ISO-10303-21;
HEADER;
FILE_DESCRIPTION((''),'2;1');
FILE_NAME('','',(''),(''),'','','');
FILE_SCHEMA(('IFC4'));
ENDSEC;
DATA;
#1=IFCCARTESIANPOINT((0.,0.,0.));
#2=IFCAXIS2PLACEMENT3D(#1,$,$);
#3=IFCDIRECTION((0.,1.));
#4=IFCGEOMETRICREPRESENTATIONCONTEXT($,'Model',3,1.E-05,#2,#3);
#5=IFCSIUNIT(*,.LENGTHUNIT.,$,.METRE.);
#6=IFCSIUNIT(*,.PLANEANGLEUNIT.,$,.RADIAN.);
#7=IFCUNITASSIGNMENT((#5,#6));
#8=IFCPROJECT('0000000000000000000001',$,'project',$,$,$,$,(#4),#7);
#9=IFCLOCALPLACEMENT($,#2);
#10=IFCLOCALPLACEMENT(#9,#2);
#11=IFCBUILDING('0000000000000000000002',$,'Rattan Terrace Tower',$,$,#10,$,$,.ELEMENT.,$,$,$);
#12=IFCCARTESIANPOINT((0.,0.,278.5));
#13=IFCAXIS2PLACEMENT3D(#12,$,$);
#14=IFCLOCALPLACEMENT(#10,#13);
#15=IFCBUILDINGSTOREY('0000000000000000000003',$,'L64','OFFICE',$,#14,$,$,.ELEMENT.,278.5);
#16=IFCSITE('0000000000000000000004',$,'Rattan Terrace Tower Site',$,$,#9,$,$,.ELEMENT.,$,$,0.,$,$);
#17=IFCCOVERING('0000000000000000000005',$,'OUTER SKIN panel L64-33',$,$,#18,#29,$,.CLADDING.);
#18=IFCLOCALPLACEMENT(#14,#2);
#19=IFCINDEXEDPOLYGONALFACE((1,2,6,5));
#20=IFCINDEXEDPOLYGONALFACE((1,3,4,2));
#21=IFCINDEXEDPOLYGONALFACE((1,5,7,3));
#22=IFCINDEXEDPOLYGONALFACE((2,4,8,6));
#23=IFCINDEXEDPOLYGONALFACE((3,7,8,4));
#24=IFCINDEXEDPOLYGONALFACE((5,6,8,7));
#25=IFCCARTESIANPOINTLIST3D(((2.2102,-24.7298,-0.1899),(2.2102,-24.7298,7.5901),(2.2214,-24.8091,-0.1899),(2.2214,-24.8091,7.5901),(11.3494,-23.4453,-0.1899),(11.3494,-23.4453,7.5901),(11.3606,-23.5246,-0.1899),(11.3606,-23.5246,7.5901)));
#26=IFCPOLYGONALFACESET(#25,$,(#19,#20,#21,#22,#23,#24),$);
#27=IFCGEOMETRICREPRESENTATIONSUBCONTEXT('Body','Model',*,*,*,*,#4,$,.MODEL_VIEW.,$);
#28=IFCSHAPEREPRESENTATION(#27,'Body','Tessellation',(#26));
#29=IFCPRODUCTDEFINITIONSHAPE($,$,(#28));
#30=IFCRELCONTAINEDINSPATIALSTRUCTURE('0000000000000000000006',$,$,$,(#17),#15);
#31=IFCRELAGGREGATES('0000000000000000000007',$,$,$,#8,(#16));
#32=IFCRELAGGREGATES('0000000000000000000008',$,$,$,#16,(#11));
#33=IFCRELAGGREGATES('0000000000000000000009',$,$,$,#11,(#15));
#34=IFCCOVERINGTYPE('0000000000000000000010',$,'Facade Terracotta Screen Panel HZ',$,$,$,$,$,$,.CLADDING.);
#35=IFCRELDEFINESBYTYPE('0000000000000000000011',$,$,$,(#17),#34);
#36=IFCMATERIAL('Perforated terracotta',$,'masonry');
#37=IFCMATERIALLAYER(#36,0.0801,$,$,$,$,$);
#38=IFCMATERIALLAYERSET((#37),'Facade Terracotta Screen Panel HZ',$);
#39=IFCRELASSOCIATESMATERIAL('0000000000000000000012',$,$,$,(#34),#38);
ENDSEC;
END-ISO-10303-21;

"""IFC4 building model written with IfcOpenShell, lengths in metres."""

from ifc_helpers import new_model, si_unit, direction, frame, origin, origin_2d, place, context, subcontext, project, spatial, rectangle, extrude, material, layer, layer_set, type_object, element, save


model = new_model("IFC4")

# Units and contexts
model_context = context("Model", 3, precision=1e-05, world=origin(), true_north=direction((0.0, 1.0)))
body_context = subcontext(model_context, "Body", "Model", "MODEL_VIEW")
ifc_project = project(units=[si_unit("LENGTHUNIT", "METRE"), si_unit("PLANEANGLEUNIT", "RADIAN")], contexts=[model_context])

# Site, building, storey
site_placement = place(None, origin())
site = spatial("IfcSite", under=ifc_project, at=site_placement, Name="Rattan Terrace Tower Site", CompositionType="ELEMENT", RefElevation=0.0)
building_placement = place(site_placement, origin())
building = spatial("IfcBuilding", under=site, at=building_placement, Name="Rattan Terrace Tower", CompositionType="ELEMENT")
storey_placement = place(building_placement, frame((0.0, 0.0, 278.5)))
storey = spatial("IfcBuildingStorey", under=building, at=storey_placement, Name="L64", Description="OFFICE", CompositionType="ELEMENT", Elevation=278.5)

# Covering
ifc_material_1 = material(Name="Perforated terracotta", Category="masonry")
ifc_layer_1 = layer(ifc_material_1, 0.0801)
ifc_layer_set_1 = layer_set([ifc_layer_1], Name="Facade Terracotta Screen Panel HZ")
covering_type = type_object("IfcCoveringType", Name="Facade Terracotta Screen Panel HZ", PredefinedType="CLADDING", material=ifc_layer_set_1)
covering_placement = place(storey_placement, frame((6.7854, -24.1272, -0.1899), z_axis=(0.0, 0.0, 1.0), x_axis=(0.990266, 0.139189, 0.0)))
element("IfcCovering", 1, at=covering_placement, inside=storey, type_object=covering_type, Name="OUTER SKIN panel L64-33", PredefinedType="CLADDING", context=body_context, shape_type="SweptSolid", body=[
    extrude(rectangle(XDim=9.229, YDim=0.0801, at=origin_2d()), origin(), (0.0, 0.0, 1.0), 7.78),
])

save(model, "model.ifc")
